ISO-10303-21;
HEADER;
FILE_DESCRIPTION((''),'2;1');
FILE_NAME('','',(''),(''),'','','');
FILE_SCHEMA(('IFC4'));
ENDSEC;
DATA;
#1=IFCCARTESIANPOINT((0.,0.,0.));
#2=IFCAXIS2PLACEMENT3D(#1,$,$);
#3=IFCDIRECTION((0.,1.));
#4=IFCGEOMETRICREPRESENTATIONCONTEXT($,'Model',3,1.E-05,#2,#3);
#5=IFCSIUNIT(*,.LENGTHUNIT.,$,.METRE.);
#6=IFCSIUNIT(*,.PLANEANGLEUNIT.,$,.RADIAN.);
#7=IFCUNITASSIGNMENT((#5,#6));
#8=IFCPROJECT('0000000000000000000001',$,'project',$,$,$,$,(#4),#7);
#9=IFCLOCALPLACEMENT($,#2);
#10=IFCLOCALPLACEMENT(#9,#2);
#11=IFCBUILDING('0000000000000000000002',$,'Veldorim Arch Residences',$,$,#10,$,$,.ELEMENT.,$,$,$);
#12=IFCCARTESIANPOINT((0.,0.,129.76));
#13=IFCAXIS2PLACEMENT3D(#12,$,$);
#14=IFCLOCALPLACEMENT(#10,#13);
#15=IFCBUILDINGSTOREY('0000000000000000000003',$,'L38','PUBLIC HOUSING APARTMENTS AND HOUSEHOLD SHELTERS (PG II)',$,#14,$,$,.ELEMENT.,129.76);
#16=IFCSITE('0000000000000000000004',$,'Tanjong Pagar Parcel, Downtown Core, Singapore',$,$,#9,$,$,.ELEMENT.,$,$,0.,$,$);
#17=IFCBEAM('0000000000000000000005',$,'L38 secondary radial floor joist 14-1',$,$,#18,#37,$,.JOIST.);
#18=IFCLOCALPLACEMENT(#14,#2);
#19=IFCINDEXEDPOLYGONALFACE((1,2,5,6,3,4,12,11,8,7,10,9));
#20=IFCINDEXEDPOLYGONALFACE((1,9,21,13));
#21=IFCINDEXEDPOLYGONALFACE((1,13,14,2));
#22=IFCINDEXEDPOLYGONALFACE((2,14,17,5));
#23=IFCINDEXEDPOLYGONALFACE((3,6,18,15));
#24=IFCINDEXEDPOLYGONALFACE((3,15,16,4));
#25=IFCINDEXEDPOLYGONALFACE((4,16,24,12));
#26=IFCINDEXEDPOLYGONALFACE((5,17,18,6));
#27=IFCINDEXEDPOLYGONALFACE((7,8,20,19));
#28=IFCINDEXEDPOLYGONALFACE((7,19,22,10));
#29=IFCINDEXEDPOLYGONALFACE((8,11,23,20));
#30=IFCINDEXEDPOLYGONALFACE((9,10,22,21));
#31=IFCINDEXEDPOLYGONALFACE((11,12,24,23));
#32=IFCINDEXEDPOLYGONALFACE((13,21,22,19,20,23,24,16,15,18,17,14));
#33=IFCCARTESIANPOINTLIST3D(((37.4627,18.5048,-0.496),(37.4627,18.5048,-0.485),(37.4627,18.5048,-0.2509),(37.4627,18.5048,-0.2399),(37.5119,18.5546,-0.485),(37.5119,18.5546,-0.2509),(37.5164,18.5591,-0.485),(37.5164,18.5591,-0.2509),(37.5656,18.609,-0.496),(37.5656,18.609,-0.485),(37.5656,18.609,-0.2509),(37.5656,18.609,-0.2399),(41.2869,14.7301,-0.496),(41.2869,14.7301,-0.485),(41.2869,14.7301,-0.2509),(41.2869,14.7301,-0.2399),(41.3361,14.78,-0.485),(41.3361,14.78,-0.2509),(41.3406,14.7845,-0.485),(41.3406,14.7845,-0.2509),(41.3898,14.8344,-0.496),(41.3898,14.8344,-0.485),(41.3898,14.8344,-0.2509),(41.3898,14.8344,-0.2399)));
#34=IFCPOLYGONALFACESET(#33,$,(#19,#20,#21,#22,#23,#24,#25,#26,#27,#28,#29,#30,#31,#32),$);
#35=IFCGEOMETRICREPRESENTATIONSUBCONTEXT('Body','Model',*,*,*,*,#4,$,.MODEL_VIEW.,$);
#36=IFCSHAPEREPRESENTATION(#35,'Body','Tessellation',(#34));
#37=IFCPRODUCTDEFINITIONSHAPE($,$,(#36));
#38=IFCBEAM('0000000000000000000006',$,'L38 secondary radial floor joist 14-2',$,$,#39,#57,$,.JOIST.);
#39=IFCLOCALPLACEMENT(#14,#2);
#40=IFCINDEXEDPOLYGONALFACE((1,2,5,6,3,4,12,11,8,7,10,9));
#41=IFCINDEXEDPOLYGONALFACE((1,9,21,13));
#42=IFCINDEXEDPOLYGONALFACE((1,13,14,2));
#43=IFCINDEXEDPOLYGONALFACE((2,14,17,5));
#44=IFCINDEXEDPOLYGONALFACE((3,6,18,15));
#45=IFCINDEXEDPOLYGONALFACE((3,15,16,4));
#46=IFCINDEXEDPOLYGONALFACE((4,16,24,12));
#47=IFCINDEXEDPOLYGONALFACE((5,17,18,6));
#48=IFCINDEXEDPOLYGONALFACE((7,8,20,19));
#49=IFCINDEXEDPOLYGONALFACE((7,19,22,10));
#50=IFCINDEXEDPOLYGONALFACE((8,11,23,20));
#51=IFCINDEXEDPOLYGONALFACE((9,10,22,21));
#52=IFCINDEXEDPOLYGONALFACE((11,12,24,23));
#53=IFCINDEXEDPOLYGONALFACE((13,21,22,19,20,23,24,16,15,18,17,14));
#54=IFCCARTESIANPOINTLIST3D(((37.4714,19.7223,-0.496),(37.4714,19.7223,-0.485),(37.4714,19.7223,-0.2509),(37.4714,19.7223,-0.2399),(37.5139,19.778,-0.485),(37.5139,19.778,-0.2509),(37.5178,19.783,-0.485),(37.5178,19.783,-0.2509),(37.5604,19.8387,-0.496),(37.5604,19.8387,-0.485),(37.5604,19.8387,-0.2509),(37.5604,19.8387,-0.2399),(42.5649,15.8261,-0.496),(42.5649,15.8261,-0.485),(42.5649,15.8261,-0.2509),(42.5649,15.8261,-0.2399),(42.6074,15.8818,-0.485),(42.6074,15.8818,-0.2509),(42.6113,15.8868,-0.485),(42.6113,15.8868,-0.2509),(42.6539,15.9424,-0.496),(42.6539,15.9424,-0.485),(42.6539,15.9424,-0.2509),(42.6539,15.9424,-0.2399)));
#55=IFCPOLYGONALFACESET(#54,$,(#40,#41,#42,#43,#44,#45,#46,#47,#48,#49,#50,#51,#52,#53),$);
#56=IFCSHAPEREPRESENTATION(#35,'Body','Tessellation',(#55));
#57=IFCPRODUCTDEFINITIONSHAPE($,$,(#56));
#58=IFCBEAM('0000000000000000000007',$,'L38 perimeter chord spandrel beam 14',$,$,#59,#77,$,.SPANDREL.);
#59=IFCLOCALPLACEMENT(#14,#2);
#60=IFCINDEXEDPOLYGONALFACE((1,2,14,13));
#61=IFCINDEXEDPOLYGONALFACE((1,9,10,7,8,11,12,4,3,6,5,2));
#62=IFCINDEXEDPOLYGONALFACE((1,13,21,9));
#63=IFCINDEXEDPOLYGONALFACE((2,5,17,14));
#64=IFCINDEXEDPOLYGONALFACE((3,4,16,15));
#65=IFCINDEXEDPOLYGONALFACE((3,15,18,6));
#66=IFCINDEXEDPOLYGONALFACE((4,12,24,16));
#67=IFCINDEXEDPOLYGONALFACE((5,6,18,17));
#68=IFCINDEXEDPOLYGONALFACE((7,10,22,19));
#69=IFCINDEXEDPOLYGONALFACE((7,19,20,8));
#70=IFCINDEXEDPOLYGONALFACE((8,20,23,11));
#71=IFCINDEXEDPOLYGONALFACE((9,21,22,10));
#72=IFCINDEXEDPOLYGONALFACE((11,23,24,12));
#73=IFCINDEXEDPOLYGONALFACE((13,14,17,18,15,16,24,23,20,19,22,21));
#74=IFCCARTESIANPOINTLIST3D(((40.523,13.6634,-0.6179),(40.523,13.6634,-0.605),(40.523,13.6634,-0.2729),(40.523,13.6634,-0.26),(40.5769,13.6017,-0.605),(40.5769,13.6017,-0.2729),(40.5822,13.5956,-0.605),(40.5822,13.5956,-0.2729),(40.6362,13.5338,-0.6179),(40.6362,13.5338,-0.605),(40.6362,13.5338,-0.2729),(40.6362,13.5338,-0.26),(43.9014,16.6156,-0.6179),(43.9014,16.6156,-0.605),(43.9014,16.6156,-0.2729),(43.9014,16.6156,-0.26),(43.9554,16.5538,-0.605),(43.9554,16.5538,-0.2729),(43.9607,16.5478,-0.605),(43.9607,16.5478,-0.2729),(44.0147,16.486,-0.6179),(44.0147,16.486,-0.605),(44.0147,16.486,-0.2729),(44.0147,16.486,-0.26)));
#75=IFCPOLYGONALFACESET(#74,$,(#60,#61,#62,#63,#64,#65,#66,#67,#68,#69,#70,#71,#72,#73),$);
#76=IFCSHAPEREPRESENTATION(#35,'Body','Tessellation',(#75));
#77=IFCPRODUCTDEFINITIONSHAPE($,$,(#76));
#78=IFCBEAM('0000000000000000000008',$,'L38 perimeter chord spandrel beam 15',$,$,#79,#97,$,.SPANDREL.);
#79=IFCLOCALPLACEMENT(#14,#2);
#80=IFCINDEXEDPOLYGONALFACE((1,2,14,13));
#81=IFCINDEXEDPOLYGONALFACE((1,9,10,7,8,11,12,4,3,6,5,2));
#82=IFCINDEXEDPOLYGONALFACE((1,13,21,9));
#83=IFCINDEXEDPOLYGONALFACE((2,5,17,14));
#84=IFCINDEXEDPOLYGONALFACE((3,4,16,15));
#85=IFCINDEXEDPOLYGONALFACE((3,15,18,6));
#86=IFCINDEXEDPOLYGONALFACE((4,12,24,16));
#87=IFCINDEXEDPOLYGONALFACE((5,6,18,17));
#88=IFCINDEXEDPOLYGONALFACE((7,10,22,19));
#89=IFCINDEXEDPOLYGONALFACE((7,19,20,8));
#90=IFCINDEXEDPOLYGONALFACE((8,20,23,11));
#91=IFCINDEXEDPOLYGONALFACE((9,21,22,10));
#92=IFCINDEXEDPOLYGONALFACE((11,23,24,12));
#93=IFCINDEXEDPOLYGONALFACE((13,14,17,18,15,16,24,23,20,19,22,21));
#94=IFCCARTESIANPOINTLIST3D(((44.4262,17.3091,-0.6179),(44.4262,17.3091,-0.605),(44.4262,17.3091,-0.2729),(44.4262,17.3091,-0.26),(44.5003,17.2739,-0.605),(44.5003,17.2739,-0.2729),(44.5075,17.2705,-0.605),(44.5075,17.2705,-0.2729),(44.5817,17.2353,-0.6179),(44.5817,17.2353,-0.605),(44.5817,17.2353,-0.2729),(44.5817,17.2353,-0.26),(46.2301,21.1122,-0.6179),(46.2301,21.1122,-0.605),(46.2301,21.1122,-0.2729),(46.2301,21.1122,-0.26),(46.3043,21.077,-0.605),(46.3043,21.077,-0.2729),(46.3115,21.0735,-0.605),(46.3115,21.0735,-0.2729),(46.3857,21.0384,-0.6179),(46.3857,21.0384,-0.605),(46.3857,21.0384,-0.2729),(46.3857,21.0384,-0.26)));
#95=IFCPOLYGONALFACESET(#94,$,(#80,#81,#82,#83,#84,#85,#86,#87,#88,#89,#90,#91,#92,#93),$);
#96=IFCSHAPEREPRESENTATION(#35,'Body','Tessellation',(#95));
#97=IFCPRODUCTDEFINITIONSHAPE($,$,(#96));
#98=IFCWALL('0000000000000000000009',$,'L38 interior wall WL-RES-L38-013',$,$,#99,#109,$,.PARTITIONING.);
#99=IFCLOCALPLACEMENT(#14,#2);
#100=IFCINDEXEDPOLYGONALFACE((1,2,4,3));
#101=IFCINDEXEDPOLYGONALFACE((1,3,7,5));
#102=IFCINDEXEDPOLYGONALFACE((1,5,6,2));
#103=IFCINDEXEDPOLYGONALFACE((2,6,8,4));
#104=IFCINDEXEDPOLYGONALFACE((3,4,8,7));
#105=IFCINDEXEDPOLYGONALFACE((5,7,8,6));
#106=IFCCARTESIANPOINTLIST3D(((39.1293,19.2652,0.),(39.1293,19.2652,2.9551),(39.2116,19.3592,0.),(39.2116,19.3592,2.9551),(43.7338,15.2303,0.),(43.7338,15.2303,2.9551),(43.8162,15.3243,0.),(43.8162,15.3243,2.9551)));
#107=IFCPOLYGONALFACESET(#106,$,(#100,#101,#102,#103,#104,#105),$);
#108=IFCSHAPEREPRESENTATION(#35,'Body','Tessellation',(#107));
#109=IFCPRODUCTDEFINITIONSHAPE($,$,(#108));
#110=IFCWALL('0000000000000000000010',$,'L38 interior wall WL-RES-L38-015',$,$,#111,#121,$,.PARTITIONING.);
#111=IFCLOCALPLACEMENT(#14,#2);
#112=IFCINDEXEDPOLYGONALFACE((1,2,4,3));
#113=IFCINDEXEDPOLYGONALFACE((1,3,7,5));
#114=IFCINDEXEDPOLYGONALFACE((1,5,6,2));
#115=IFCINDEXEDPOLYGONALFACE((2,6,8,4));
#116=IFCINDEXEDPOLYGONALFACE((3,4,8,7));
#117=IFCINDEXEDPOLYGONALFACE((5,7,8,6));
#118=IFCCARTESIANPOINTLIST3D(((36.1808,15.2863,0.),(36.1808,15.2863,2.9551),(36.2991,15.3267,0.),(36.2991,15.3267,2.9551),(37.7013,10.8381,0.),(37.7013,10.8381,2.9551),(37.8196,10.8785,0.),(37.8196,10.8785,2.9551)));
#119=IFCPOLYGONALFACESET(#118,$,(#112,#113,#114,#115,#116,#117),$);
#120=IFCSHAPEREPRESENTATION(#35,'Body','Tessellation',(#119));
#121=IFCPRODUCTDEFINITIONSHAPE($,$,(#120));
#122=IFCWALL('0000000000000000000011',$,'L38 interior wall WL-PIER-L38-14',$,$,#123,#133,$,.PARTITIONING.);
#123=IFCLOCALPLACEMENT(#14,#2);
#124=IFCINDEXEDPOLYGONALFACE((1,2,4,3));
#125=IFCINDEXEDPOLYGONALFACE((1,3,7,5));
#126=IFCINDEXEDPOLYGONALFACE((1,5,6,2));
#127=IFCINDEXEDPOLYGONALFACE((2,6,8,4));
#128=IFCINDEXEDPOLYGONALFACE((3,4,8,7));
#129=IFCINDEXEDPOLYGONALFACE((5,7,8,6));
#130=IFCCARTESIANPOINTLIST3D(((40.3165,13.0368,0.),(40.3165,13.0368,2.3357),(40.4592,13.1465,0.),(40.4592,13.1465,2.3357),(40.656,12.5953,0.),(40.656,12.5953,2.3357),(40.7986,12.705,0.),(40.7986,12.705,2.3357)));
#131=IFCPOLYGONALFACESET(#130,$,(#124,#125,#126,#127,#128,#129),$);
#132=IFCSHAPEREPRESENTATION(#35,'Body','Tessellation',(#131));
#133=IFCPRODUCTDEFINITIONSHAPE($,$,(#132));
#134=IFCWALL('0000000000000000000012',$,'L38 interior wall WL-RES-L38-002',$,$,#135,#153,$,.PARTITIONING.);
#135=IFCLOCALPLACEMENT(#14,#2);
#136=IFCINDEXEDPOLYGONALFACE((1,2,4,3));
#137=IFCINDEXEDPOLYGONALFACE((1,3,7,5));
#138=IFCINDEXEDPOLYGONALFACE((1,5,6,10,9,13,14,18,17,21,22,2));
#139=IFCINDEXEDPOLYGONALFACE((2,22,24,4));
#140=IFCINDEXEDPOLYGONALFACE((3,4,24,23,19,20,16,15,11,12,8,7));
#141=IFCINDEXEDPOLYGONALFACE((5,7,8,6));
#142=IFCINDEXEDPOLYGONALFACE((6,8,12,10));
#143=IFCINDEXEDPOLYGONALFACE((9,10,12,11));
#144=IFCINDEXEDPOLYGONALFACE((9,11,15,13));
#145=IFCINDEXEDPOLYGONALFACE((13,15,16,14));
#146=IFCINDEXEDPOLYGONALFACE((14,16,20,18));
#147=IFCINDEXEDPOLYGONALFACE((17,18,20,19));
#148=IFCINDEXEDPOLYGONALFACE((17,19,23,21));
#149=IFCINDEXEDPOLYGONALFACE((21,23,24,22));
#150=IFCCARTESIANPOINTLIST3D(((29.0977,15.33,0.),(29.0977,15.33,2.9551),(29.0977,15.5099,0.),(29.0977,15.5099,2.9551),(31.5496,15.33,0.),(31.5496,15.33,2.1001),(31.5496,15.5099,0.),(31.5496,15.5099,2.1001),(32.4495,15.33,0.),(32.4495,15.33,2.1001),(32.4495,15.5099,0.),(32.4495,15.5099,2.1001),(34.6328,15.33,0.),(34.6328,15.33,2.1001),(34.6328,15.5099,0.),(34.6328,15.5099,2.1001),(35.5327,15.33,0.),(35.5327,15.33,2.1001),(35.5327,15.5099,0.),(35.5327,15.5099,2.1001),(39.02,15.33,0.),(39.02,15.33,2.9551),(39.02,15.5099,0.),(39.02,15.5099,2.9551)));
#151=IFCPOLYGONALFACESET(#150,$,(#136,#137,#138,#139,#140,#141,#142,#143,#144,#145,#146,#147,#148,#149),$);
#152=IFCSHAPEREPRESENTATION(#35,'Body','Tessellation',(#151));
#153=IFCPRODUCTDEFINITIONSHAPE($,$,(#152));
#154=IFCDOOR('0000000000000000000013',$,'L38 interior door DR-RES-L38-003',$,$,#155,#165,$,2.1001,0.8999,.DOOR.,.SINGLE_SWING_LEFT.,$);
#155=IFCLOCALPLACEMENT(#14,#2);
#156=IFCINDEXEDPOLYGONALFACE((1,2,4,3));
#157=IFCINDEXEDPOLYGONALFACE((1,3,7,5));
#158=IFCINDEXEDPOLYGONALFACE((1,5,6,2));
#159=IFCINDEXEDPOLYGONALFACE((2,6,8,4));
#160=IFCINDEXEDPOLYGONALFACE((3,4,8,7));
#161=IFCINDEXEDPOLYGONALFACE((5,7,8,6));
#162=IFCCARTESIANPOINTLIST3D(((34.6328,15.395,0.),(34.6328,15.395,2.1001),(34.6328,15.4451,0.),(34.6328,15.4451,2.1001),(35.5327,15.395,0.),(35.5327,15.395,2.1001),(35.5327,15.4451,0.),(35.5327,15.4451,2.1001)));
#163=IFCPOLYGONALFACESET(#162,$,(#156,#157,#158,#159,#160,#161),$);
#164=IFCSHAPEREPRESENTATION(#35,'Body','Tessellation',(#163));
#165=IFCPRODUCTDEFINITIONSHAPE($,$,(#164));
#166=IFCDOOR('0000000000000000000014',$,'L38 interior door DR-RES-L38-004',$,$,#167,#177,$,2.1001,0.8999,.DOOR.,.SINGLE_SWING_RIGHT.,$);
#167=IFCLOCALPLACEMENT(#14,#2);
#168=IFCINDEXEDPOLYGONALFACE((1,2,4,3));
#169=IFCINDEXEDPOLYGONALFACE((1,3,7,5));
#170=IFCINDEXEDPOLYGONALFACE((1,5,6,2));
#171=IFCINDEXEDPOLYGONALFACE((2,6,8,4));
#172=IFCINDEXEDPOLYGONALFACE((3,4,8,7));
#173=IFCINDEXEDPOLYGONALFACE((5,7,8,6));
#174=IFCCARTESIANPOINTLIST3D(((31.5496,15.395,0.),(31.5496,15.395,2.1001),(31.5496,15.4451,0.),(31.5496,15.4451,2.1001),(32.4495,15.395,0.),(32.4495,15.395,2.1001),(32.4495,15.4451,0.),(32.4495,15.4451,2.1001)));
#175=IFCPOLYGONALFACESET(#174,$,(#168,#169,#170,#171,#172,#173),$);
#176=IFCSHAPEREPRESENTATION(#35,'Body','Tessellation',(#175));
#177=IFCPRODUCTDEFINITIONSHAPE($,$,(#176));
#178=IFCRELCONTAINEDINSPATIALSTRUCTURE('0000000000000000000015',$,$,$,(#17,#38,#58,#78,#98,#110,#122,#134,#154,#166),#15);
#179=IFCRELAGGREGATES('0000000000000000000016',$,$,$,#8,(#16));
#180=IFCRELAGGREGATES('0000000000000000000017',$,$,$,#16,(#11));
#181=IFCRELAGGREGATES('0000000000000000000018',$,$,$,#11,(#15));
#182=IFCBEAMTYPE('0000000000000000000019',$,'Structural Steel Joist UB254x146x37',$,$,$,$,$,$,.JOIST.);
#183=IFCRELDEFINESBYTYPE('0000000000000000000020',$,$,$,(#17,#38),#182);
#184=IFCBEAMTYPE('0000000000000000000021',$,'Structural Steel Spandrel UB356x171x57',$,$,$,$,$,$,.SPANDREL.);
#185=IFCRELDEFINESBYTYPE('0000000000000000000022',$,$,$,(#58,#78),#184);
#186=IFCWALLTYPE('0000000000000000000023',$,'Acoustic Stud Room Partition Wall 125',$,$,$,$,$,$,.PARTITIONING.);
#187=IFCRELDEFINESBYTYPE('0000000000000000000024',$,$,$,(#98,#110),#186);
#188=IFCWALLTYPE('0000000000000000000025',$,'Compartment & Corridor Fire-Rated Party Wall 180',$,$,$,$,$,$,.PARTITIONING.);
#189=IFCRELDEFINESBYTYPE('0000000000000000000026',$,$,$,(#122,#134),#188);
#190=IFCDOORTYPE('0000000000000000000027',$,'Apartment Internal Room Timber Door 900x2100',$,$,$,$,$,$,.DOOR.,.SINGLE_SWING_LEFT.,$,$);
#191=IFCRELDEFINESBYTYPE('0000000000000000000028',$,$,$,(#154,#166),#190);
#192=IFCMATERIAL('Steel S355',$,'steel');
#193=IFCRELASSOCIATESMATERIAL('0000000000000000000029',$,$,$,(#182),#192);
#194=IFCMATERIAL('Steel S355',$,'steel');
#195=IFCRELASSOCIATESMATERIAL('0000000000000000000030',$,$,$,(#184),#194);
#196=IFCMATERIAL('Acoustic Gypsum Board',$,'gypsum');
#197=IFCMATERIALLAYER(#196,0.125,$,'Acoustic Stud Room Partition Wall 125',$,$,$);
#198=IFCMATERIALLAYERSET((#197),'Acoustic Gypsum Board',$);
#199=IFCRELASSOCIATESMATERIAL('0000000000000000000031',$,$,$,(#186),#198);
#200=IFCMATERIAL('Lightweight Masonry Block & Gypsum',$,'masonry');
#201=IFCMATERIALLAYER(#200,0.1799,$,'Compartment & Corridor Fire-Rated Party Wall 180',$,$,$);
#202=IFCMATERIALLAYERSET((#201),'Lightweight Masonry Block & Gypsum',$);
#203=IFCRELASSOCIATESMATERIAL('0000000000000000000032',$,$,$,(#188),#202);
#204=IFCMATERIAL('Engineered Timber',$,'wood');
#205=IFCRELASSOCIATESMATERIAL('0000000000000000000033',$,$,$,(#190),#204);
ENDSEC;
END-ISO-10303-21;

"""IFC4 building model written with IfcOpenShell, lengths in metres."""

from ifc_helpers import new_model, si_unit, direction, frame, frame_2d, origin, origin_2d, place, context, subcontext, project, spatial, rectangle, i_section, extrude, material, layer, layer_set, material_profile, profile_set, type_object, element, fill, save


model = new_model("IFC4")

# Units and contexts
model_context = context("Model", 3, precision=1e-05, world=origin(), true_north=direction((0.0, 1.0)))
body_context = subcontext(model_context, "Body", "Model", "MODEL_VIEW")
ifc_project = project(units=[si_unit("LENGTHUNIT", "METRE"), si_unit("PLANEANGLEUNIT", "RADIAN")], contexts=[model_context])

# Site, building, storey
site_placement = place(None, origin())
site = spatial("IfcSite", under=ifc_project, at=site_placement, Name="Tanjong Pagar Parcel, Downtown Core, Singapore", CompositionType="ELEMENT", RefElevation=0.0)
building_placement = place(site_placement, origin())
building = spatial("IfcBuilding", under=site, at=building_placement, Name="Veldorim Arch Residences", CompositionType="ELEMENT")
storey_placement = place(building_placement, frame((0.0, 0.0, 129.76)))
storey = spatial("IfcBuildingStorey", under=building, at=storey_placement, Name="L38", Description="PUBLIC HOUSING APARTMENTS AND HOUSEHOLD SHELTERS (PG II)", CompositionType="ELEMENT", Elevation=129.76)

# Beams
ifc_material_1 = material(Name="Steel S355", Category="steel")
ifc_material_profile_1 = material_profile(ifc_material_1, i_section(OverallWidth=0.1465, OverallDepth=0.2561, WebThickness=0.0063, FlangeThickness=0.011, at=origin_2d()), Name="UB254x146x37")
ifc_profile_set_1 = profile_set([ifc_material_profile_1], Name="Steel S355")
beam_type_1 = type_object("IfcBeamType", Name="Structural Steel Joist UB254x146x37", PredefinedType="JOIST", material=ifc_profile_set_1)
beam_1_placement = place(storey_placement, frame((37.5142, 18.5569, -0.3679), z_axis=(0.711703, -0.70248, 0.0), x_axis=(0.70248, 0.711703, 0.0)))
element("IfcBeam", 1, at=beam_1_placement, inside=storey, type_object=beam_type_1, Name="L38 secondary radial floor joist 14-1", PredefinedType="JOIST", context=body_context, shape_type="SweptSolid", body=[
    extrude(i_section(OverallWidth=0.1465, OverallDepth=0.2561, WebThickness=0.0063, FlangeThickness=0.011, at=origin_2d()), origin(), (0.0, 0.0, 1.0), 5.3733),
])
beam_2_placement = place(storey_placement, frame((37.5159, 19.7805, -0.3679), z_axis=(0.794267, -0.607569, 0.0), x_axis=(0.607569, 0.794267, 0.0)))
element("IfcBeam", 2, at=beam_2_placement, inside=storey, type_object=beam_type_1, Name="L38 secondary radial floor joist 14-2", PredefinedType="JOIST", context=body_context, shape_type="SweptSolid", body=[
    extrude(i_section(OverallWidth=0.1465, OverallDepth=0.2561, WebThickness=0.0063, FlangeThickness=0.011, at=origin_2d()), origin(), (0.0, 0.0, 1.0), 6.4128),
])
ifc_material_2 = material(Name="Steel S355", Category="steel")
ifc_material_profile_2 = material_profile(ifc_material_2, i_section(OverallWidth=0.1721, OverallDepth=0.3579, WebThickness=0.0081, FlangeThickness=0.0129, at=origin_2d()), Name="UB356x171x57")
ifc_profile_set_2 = profile_set([ifc_material_profile_2], Name="Steel S355")
beam_type_2 = type_object("IfcBeamType", Name="Structural Steel Spandrel UB356x171x57", PredefinedType="SPANDREL", material=ifc_profile_set_2)
beam_3_placement = place(storey_placement, frame((40.5796, 13.5986, -0.439), z_axis=(0.753015, 0.658004, 0.0), x_axis=(-0.658004, 0.753015, 0.0)))
element("IfcBeam", 3, at=beam_3_placement, inside=storey, type_object=beam_type_2, Name="L38 perimeter chord spandrel beam 14", PredefinedType="SPANDREL", context=body_context, shape_type="SweptSolid", body=[
    extrude(i_section(OverallWidth=0.1721, OverallDepth=0.3579, WebThickness=0.0081, FlangeThickness=0.0129, at=origin_2d()), origin(), (0.0, 0.0, 1.0), 4.4866),
])
beam_4_placement = place(storey_placement, frame((44.5039, 17.2722, -0.439), z_axis=(0.42858, 0.903504, 0.0), x_axis=(-0.903504, 0.42858, 0.0)))
element("IfcBeam", 4, at=beam_4_placement, inside=storey, type_object=beam_type_2, Name="L38 perimeter chord spandrel beam 15", PredefinedType="SPANDREL", context=body_context, shape_type="SweptSolid", body=[
    extrude(i_section(OverallWidth=0.1721, OverallDepth=0.3579, WebThickness=0.0081, FlangeThickness=0.0129, at=origin_2d()), origin(), (0.0, 0.0, 1.0), 4.2092),
])

# Walls
ifc_material_3 = material(Name="Acoustic Gypsum Board", Category="gypsum")
ifc_layer_1 = layer(ifc_material_3, 0.125, Name="Acoustic Stud Room Partition Wall 125")
ifc_layer_set_1 = layer_set([ifc_layer_1], Name="Acoustic Gypsum Board")
wall_type_1 = type_object("IfcWallType", Name="Acoustic Stud Room Partition Wall 125", PredefinedType="PARTITIONING", material=ifc_layer_set_1)
wall_1_placement = place(storey_placement, frame((43.7749, 15.2773, 0.0), z_axis=(0.0, 0.0, 1.0), x_axis=(-0.752092, 0.659058, 0.0)))
element("IfcWall", 5, at=wall_1_placement, inside=storey, type_object=wall_type_1, Name="L38 interior wall WL-RES-L38-013", PredefinedType="PARTITIONING", context=body_context, shape_type="SweptSolid", body=[
    extrude(rectangle(XDim=6.1223, YDim=0.125, at=frame_2d((3.061, 0.0))), origin(), (0.0, 0.0, 1.0), 2.9551),
])
wall_2_placement = place(storey_placement, frame((37.7605, 10.8582, 0.0), z_axis=(0.0, 0.0, 1.0), x_axis=(-0.323448, 0.946246, 0.0)))
element("IfcWall", 6, at=wall_2_placement, inside=storey, type_object=wall_type_1, Name="L38 interior wall WL-RES-L38-015", PredefinedType="PARTITIONING", context=body_context, shape_type="SweptSolid", body=[
    extrude(rectangle(XDim=4.7009, YDim=0.125, at=frame_2d((2.3506, 0.0))), origin(), (0.0, 0.0, 1.0), 2.9551),
])
ifc_material_4 = material(Name="Lightweight Masonry Block & Gypsum", Category="masonry")
ifc_layer_2 = layer(ifc_material_4, 0.1799, Name="Compartment & Corridor Fire-Rated Party Wall 180")
ifc_layer_set_2 = layer_set([ifc_layer_2], Name="Lightweight Masonry Block & Gypsum")
wall_type_2 = type_object("IfcWallType", Name="Compartment & Corridor Fire-Rated Party Wall 180", PredefinedType="PARTITIONING", material=ifc_layer_set_2)
wall_3_placement = place(storey_placement, frame((40.3879, 13.0916, 0.0), z_axis=(0.0, 0.0, 1.0), x_axis=(0.609499, -0.792787, 0.0)))
element("IfcWall", 7, at=wall_3_placement, inside=storey, type_object=wall_type_2, Name="L38 interior wall WL-PIER-L38-14", PredefinedType="PARTITIONING", context=body_context, shape_type="SweptSolid", body=[
    extrude(rectangle(XDim=0.5569, YDim=0.1799, at=frame_2d((0.2783, 0.0))), origin(), (0.0, 0.0, 1.0), 2.3357),
])

# Wall, openings, doors
wall_4_placement = place(storey_placement, frame((39.02, 15.4199, 0.0), z_axis=(0.0, 0.0, 1.0), x_axis=(-1.0, 0.0, 0.0)))
wall_4 = element("IfcWall", 8, at=wall_4_placement, inside=storey, type_object=wall_type_2, Name="L38 interior wall WL-RES-L38-002", PredefinedType="PARTITIONING", context=body_context, shape_type="SweptSolid", body=[
    extrude(rectangle(XDim=9.9224, YDim=0.1799, at=frame_2d((4.9612, 0.0))), origin(), (0.0, 0.0, 1.0), 2.9551),
])
opening_1_placement = place(wall_4_placement, frame((3.4873, 0.0, 0.0)))
opening_1 = element("IfcOpeningElement", 9, at=opening_1_placement, cuts=wall_4, PredefinedType="OPENING", context=body_context, shape_type="SweptSolid", body=[
    extrude(rectangle(XDim=0.8999, YDim=2.1001, at=frame_2d((0.45, 1.05))), frame((0.0, 0.0999, 0.0), z_axis=(0.0, -1.0, 0.0), x_axis=(1.0, 0.0, 0.0)), (0.0, 0.0, 1.0), 0.2),
])
opening_2_placement = place(wall_4_placement, frame((6.5706, 0.0, 0.0)))
opening_2 = element("IfcOpeningElement", 10, at=opening_2_placement, cuts=wall_4, PredefinedType="OPENING", context=body_context, shape_type="SweptSolid", body=[
    extrude(rectangle(XDim=0.8999, YDim=2.1001, at=frame_2d((0.45, 1.05))), frame((0.0, 0.0999, 0.0), z_axis=(0.0, -1.0, 0.0), x_axis=(1.0, 0.0, 0.0)), (0.0, 0.0, 1.0), 0.2),
])
ifc_material_5 = material(Name="Engineered Timber", Category="wood")
door_type = type_object("IfcDoorType", Name="Apartment Internal Room Timber Door 900x2100", OperationType="SINGLE_SWING_LEFT", PredefinedType="DOOR", material=ifc_material_5)
door_1_placement = place(opening_1_placement, origin())
door_1 = element("IfcDoor", 11, at=door_1_placement, inside=storey, type_object=door_type, Name="L38 interior door DR-RES-L38-003", OperationType="SINGLE_SWING_LEFT", OverallHeight=2.1001, OverallWidth=0.8999, PredefinedType="DOOR", context=body_context, shape_type="SweptSolid", body=[
    extrude(rectangle(XDim=0.8999, YDim=2.1001, at=frame_2d((0.45, 1.05))), frame((0.0, 0.0249, 0.0), z_axis=(0.0, -1.0, 0.0), x_axis=(1.0, 0.0, 0.0)), (0.0, 0.0, 1.0), 0.05),
])
fill(opening_1, door_1)
door_2_placement = place(opening_2_placement, origin())
door_2 = element("IfcDoor", 12, at=door_2_placement, inside=storey, type_object=door_type, Name="L38 interior door DR-RES-L38-004", OperationType="SINGLE_SWING_RIGHT", OverallHeight=2.1001, OverallWidth=0.8999, PredefinedType="DOOR", context=body_context, shape_type="SweptSolid", body=[
    extrude(rectangle(XDim=0.8999, YDim=2.1001, at=frame_2d((0.45, 1.05))), frame((0.0, 0.0249, 0.0), z_axis=(0.0, -1.0, 0.0), x_axis=(1.0, 0.0, 0.0)), (0.0, 0.0, 1.0), 0.05),
])
fill(opening_2, door_2)

save(model, "model.ifc")
